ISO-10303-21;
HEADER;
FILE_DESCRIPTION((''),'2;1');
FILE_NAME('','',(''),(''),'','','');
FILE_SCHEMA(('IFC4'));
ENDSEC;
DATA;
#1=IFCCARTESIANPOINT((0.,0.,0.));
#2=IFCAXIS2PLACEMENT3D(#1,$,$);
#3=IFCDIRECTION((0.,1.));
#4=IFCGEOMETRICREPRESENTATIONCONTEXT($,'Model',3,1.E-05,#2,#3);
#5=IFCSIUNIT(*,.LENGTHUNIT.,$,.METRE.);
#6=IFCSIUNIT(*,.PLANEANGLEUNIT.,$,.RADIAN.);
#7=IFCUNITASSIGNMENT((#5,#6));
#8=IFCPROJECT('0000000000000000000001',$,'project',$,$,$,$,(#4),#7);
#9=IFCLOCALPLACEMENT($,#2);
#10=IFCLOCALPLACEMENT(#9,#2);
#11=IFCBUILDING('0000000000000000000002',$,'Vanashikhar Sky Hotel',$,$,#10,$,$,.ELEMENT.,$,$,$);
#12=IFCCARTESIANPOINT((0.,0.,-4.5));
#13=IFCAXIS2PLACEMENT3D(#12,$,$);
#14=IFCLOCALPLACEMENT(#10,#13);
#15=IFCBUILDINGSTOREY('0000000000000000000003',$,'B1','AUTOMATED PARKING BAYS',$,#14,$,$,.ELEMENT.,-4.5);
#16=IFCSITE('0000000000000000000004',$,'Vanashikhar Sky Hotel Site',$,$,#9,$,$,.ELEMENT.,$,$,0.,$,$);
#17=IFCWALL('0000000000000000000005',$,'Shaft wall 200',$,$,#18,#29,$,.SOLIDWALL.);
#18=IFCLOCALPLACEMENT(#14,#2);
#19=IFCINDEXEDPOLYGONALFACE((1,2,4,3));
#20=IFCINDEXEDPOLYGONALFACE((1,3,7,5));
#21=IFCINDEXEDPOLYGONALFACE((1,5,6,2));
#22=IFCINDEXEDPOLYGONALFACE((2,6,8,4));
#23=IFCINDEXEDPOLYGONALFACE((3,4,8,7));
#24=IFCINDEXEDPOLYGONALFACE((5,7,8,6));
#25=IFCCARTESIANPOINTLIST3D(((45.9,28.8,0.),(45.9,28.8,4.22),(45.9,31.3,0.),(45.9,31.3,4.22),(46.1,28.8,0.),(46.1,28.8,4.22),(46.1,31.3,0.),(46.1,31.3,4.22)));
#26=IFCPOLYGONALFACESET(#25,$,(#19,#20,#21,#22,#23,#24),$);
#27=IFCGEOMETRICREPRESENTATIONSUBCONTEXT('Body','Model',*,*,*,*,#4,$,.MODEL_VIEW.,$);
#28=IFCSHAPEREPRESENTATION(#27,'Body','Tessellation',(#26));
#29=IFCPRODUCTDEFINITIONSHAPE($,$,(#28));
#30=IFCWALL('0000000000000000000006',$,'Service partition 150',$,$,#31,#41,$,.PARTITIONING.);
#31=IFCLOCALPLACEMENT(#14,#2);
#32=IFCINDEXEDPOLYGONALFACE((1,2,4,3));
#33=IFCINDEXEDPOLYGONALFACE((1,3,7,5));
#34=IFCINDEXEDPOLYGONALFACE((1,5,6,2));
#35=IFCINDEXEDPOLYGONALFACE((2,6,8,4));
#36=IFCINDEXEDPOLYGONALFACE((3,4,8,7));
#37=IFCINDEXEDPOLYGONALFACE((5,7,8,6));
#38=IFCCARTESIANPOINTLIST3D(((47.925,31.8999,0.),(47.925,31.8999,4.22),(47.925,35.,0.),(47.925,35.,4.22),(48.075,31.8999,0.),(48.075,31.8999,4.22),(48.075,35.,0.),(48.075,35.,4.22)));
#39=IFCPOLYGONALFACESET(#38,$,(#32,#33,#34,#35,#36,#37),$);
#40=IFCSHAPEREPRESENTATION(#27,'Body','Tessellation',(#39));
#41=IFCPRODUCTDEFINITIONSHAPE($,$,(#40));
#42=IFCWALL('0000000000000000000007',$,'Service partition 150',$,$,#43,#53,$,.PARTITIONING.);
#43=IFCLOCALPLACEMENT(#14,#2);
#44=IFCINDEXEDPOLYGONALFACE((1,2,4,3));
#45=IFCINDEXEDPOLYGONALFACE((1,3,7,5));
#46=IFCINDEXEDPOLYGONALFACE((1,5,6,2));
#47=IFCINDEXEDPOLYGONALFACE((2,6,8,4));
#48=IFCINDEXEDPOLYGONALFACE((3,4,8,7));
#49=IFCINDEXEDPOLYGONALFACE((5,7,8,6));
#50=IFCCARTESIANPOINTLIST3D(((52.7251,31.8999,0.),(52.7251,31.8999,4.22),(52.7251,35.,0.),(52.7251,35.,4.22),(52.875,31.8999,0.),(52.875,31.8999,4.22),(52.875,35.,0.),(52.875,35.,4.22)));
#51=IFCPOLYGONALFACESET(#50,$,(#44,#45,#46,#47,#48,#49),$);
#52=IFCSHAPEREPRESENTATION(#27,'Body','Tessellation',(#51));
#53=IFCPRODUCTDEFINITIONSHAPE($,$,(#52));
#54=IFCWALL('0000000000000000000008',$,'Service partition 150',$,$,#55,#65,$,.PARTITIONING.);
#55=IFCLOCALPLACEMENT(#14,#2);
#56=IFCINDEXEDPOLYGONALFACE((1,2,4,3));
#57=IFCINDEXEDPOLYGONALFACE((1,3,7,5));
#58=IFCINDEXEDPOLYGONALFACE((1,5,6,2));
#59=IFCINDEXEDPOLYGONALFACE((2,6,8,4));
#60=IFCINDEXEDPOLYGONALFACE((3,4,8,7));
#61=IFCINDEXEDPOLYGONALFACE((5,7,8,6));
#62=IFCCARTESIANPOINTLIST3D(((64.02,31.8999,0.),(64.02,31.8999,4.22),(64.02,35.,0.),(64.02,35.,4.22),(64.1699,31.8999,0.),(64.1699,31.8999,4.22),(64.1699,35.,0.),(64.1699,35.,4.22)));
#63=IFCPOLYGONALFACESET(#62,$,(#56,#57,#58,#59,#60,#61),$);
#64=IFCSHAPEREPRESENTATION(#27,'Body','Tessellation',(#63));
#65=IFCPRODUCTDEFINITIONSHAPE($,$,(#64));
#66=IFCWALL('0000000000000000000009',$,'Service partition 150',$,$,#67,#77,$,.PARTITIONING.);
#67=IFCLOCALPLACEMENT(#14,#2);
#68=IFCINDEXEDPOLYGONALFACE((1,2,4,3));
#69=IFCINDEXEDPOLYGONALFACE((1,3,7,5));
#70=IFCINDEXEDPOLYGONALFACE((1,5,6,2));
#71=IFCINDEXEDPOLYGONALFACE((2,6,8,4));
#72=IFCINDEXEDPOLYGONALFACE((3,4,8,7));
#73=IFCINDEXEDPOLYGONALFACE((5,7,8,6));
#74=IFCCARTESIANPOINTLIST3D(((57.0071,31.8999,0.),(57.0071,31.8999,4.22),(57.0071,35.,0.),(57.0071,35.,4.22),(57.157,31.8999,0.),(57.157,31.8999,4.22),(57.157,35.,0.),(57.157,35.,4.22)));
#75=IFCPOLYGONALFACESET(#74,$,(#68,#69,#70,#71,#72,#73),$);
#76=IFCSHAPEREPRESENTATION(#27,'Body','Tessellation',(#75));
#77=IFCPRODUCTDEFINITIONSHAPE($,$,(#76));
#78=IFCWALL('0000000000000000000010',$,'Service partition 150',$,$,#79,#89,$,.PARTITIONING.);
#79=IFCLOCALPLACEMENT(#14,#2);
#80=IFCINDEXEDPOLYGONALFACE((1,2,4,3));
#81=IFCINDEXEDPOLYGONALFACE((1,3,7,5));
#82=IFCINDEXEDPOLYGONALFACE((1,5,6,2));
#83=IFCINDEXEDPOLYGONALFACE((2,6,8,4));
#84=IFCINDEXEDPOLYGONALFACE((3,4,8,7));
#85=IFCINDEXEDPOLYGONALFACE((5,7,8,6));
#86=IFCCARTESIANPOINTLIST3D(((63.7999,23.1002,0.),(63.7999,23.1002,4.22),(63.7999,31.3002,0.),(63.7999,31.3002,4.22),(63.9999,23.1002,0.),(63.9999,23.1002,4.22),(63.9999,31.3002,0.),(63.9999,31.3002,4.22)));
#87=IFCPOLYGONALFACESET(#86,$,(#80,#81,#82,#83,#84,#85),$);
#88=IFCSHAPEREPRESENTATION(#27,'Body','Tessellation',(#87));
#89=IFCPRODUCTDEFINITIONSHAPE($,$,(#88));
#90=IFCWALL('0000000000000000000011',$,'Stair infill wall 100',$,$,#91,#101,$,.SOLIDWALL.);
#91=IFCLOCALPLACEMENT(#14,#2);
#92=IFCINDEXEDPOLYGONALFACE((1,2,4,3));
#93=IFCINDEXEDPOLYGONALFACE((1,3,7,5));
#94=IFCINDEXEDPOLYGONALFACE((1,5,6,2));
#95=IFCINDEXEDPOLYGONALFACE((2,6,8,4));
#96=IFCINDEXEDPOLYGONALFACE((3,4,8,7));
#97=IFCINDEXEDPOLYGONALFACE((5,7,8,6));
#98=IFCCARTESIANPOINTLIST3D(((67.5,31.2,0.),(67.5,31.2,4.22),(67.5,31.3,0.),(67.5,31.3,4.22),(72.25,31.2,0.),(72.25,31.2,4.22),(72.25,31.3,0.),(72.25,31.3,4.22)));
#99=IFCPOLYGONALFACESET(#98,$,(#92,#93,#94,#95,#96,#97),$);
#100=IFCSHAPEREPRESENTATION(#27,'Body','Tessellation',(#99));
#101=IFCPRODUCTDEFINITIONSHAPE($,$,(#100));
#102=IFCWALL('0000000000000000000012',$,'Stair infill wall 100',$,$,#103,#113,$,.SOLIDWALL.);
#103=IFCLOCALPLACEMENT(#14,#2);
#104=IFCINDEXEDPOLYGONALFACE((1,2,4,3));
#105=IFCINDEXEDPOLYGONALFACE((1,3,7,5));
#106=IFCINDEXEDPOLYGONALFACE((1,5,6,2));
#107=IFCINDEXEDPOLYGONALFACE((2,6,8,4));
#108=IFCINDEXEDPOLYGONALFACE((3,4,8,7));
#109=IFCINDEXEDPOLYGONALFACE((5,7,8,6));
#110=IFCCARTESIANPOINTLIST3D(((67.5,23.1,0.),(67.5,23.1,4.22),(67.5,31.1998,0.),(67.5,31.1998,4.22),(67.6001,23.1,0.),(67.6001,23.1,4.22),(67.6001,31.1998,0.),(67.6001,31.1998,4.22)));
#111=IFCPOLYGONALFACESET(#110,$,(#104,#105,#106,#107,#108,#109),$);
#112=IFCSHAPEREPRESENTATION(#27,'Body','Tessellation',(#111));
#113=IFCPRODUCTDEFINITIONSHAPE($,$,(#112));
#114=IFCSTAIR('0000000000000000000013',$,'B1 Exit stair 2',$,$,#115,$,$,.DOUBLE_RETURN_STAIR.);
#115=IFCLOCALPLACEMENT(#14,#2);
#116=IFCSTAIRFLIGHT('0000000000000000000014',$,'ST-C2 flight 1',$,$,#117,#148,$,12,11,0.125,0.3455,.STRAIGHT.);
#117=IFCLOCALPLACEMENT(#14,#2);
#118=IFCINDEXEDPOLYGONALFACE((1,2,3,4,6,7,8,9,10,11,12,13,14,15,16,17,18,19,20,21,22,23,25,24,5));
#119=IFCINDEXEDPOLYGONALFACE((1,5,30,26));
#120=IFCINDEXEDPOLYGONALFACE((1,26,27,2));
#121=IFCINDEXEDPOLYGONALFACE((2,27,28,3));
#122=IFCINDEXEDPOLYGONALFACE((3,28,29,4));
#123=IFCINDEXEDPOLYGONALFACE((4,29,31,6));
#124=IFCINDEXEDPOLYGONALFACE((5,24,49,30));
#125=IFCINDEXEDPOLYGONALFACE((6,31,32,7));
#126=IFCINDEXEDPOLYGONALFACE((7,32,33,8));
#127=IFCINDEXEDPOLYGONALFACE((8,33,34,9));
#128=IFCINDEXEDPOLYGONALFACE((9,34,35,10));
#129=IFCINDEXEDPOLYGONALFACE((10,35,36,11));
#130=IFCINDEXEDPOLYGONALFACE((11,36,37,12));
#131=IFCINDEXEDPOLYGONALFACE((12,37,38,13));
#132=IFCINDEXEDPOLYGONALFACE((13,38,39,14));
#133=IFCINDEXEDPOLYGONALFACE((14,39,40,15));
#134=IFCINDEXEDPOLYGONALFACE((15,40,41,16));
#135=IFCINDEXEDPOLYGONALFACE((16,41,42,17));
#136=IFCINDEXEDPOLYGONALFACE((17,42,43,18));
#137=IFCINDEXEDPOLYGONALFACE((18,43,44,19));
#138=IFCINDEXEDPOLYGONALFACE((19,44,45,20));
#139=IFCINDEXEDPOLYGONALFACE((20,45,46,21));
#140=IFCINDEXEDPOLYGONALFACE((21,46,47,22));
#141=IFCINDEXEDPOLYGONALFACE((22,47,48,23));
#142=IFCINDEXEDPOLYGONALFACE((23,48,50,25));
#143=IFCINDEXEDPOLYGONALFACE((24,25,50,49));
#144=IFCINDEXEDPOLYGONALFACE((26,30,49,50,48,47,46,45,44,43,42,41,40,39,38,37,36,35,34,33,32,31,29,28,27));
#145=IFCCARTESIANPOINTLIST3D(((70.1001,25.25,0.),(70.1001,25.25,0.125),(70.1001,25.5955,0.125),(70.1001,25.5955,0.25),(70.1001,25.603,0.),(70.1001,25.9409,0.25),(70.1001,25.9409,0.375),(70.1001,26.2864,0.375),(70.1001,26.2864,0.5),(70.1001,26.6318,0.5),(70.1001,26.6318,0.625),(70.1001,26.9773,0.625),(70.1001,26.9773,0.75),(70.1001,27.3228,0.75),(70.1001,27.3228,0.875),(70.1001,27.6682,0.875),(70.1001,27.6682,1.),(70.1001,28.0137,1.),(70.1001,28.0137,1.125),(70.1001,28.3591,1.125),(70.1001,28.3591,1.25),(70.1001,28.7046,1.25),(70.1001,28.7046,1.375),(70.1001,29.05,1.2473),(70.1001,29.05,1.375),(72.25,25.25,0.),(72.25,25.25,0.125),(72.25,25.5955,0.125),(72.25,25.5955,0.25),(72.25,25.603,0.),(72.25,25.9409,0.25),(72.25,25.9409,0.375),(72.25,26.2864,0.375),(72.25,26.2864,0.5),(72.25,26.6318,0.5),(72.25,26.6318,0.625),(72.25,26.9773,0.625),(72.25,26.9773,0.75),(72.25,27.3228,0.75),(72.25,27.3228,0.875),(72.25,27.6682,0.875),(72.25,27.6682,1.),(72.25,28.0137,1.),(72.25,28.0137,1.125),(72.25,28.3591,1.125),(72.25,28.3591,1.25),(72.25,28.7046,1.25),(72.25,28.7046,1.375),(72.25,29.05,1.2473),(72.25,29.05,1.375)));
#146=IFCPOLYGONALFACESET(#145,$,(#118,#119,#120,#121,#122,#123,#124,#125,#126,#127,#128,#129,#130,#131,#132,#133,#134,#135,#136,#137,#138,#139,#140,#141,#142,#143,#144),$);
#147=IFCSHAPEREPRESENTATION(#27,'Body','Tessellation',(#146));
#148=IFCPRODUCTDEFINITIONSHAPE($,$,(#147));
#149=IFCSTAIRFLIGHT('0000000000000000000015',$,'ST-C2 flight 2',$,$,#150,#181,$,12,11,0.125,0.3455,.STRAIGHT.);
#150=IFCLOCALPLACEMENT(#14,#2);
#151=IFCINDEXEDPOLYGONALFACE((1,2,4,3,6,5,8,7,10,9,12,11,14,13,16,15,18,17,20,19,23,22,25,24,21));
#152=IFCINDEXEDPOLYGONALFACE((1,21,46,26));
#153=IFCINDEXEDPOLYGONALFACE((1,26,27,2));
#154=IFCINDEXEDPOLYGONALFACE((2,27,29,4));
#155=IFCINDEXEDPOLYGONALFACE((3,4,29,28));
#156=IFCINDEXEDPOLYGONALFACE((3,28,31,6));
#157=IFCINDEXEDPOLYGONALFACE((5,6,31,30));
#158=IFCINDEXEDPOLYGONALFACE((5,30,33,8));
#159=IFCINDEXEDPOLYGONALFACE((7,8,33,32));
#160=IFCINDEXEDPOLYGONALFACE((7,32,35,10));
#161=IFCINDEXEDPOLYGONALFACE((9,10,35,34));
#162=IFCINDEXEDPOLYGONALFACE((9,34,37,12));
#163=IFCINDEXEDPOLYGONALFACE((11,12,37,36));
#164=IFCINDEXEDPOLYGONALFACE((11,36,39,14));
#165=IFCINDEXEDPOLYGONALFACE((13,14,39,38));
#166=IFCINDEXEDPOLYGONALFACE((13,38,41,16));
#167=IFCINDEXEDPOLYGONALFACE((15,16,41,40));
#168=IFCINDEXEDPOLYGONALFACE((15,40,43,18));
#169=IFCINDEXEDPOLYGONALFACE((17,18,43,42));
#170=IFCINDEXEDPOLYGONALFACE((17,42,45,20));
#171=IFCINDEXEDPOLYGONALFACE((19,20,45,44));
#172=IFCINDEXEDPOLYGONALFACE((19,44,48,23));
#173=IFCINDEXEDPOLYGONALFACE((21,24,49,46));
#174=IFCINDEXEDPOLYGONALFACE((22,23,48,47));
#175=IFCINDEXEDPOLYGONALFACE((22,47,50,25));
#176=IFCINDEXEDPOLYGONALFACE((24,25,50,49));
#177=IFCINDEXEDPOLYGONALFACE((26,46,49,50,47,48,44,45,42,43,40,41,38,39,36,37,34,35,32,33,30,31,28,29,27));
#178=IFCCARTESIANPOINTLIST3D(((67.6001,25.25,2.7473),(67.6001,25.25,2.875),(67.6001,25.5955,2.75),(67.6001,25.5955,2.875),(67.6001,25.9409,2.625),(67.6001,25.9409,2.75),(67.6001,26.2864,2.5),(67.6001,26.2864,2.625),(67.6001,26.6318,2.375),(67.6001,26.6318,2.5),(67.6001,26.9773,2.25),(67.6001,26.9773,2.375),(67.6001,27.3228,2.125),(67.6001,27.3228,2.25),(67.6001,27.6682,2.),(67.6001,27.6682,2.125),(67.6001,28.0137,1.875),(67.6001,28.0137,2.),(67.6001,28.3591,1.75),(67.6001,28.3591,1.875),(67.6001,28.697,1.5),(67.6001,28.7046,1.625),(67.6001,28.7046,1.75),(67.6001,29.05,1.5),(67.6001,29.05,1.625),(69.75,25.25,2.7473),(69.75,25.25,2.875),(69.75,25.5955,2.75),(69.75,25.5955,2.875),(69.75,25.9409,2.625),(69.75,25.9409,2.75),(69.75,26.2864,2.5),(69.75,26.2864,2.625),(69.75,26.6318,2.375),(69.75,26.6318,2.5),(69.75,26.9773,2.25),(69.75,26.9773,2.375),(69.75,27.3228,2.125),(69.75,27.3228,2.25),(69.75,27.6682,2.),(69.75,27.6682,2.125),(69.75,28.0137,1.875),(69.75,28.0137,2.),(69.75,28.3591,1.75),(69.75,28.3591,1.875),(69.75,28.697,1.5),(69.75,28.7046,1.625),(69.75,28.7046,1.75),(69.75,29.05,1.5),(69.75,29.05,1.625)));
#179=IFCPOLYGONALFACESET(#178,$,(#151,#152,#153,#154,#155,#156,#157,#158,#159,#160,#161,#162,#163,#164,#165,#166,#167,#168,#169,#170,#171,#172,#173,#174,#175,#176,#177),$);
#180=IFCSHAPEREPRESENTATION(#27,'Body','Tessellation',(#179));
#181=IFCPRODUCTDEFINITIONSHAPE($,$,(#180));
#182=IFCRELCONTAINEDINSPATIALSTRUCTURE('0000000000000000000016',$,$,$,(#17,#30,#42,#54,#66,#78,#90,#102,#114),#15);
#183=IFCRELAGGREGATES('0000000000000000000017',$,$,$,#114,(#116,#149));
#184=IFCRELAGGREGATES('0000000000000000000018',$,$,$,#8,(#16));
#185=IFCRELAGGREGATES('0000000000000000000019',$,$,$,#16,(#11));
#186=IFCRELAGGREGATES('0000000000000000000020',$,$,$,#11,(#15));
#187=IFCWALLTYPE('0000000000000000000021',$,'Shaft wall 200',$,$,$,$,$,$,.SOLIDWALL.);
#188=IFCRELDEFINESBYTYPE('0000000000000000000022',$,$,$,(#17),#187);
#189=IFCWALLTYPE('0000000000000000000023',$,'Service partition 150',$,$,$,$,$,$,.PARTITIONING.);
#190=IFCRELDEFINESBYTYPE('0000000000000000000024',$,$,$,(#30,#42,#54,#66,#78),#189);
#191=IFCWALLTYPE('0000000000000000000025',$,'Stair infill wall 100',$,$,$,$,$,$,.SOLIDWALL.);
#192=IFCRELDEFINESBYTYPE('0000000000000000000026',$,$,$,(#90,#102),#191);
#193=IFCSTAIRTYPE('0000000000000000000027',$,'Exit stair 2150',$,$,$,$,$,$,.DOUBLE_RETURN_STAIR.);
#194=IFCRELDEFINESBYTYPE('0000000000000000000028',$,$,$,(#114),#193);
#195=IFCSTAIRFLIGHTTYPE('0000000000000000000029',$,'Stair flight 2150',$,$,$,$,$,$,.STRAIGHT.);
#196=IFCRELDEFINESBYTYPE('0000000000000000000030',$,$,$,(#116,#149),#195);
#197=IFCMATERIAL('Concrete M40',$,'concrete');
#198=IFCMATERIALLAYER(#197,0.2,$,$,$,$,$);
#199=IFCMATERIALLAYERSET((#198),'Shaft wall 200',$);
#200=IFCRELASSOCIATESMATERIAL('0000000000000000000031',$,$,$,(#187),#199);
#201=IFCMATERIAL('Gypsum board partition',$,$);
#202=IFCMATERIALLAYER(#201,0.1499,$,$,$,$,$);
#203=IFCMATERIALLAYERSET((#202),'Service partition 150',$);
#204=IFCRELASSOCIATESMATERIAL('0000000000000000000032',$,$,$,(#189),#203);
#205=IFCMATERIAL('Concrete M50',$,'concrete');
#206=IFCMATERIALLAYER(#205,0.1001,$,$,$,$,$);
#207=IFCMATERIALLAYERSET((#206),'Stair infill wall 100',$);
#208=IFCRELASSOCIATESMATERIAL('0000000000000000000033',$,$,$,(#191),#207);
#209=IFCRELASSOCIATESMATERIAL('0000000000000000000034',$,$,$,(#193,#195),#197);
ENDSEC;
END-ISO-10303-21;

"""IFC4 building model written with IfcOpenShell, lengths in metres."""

from ifc_helpers import new_model, si_unit, direction, frame, frame_2d, origin, place, context, subcontext, project, spatial, polyline, rectangle, outline, extrude, source, transform, mapped, material, layer, layer_set, type_object, element, aggregate, save


model = new_model("IFC4")

# Units and contexts
model_context = context("Model", 3, precision=1e-05, world=origin(), true_north=direction((0.0, 1.0)))
body_context = subcontext(model_context, "Body", "Model", "MODEL_VIEW")
ifc_project = project(units=[si_unit("LENGTHUNIT", "METRE"), si_unit("PLANEANGLEUNIT", "RADIAN")], contexts=[model_context])

# Site, building, storey
site_placement = place(None, origin())
site = spatial("IfcSite", under=ifc_project, at=site_placement, Name="Vanashikhar Sky Hotel Site", CompositionType="ELEMENT", RefElevation=0.0)
building_placement = place(site_placement, origin())
building = spatial("IfcBuilding", under=site, at=building_placement, Name="Vanashikhar Sky Hotel", CompositionType="ELEMENT")
storey_placement = place(building_placement, frame((0.0, 0.0, -4.5)))
storey = spatial("IfcBuildingStorey", under=building, at=storey_placement, Name="B1", Description="AUTOMATED PARKING BAYS", CompositionType="ELEMENT", Elevation=-4.5)

# Shared definitions
ifc_material_1 = material(Name="Concrete M40", Category="concrete")
ifc_layer_1 = layer(ifc_material_1, 0.2)
ifc_layer_set_1 = layer_set([ifc_layer_1], Name="Shaft wall 200")
wall_type_1 = type_object("IfcWallType", Name="Shaft wall 200", PredefinedType="SOLIDWALL", material=ifc_layer_set_1)

# Walls
shared_shape_1 = source(origin(), body_context, "Body", "SweptSolid", [
    extrude(rectangle(XDim=2.5, YDim=0.2, at=frame_2d((1.25, 0.0))), origin(), (0.0, 0.0, 1.0), 4.22),
])
wall_1_placement = place(storey_placement, frame((46.0, 28.8, 0.0), z_axis=(0.0, 0.0, 1.0), x_axis=(0.0, 1.0, 0.0)))
element("IfcWall", 1, at=wall_1_placement, inside=storey, type_object=wall_type_1, Name="Shaft wall 200", PredefinedType="SOLIDWALL", context=body_context, shape_type="MappedRepresentation", body=[
    mapped(shared_shape_1, transform((0.0, 0.0, 0.0), scale=1.0)),
])
ifc_material_2 = material(Name="Gypsum board partition")
ifc_layer_2 = layer(ifc_material_2, 0.1499)
ifc_layer_set_2 = layer_set([ifc_layer_2], Name="Service partition 150")
wall_type_2 = type_object("IfcWallType", Name="Service partition 150", PredefinedType="PARTITIONING", material=ifc_layer_set_2)
shared_shape_2 = source(origin(), body_context, "Body", "SweptSolid", [
    extrude(rectangle(XDim=3.1001, YDim=0.1499, at=frame_2d((1.55, 0.0))), origin(), (0.0, 0.0, 1.0), 4.22),
])
for number, where, z_axis, x_axis, name in (
    (2, (48.0, 31.8999, 0.0), (0.0, 0.0, 1.0), (0.0, 1.0, 0.0), "Service partition 150"),
    (3, (52.8, 31.8999, 0.0), (0.0, 0.0, 1.0), (0.0, 1.0, 0.0), "Service partition 150"),
    (4, (64.095, 31.8999, 0.0), (0.0, 0.0, 1.0), (0.0, 1.0, 0.0), "Service partition 150"),
    (5, (57.082, 31.8999, 0.0), (0.0, 0.0, 1.0), (0.0, 1.0, 0.0), "Service partition 150"),
):
    element("IfcWall", number, at=place(storey_placement, frame(where, z_axis=z_axis, x_axis=x_axis)), inside=storey, type_object=wall_type_2, Name=name, PredefinedType="PARTITIONING", context=body_context, shape_type="MappedRepresentation", body=[
        mapped(shared_shape_2, transform((0.0, 0.0, 0.0), scale=1.0)),
    ])
shared_shape_3 = source(origin(), body_context, "Body", "SweptSolid", [
    extrude(rectangle(XDim=8.2, YDim=0.2, at=frame_2d((4.1001, 0.0))), origin(), (0.0, 0.0, 1.0), 4.22),
])
wall_2_placement = place(storey_placement, frame((63.8999, 23.1001, 0.0), z_axis=(0.0, 0.0, 1.0), x_axis=(0.0, 1.0, 0.0)))
element("IfcWall", 6, at=wall_2_placement, inside=storey, type_object=wall_type_2, Name="Service partition 150", PredefinedType="PARTITIONING", context=body_context, shape_type="MappedRepresentation", body=[
    mapped(shared_shape_3, transform((0.0, 0.0, 0.0), scale=1.0)),
])
ifc_material_3 = material(Name="Concrete M50", Category="concrete")
ifc_layer_3 = layer(ifc_material_3, 0.1001)
ifc_layer_set_3 = layer_set([ifc_layer_3], Name="Stair infill wall 100")
wall_type_3 = type_object("IfcWallType", Name="Stair infill wall 100", PredefinedType="SOLIDWALL", material=ifc_layer_set_3)
shared_shape_4 = source(origin(), body_context, "Body", "SweptSolid", [
    extrude(rectangle(XDim=4.75, YDim=0.1001, at=frame_2d((2.375, 0.0))), origin(), (0.0, 0.0, 1.0), 4.22),
])
wall_3_placement = place(storey_placement, frame((67.5, 31.25, 0.0), z_axis=(0.0, 0.0, 1.0), x_axis=(1.0, 0.0, 0.0)))
element("IfcWall", 7, at=wall_3_placement, inside=storey, type_object=wall_type_3, Name="Stair infill wall 100", PredefinedType="SOLIDWALL", context=body_context, shape_type="MappedRepresentation", body=[
    mapped(shared_shape_4, transform((0.0, 0.0, 0.0), scale=1.0)),
])
shared_shape_5 = source(origin(), body_context, "Body", "SweptSolid", [
    extrude(rectangle(XDim=8.0999, YDim=0.1001, at=frame_2d((4.0498, 0.0))), origin(), (0.0, 0.0, 1.0), 4.22),
])
wall_4_placement = place(storey_placement, frame((67.55, 23.1001, 0.0), z_axis=(0.0, 0.0, 1.0), x_axis=(0.0, 1.0, 0.0)))
element("IfcWall", 8, at=wall_4_placement, inside=storey, type_object=wall_type_3, Name="Stair infill wall 100", PredefinedType="SOLIDWALL", context=body_context, shape_type="MappedRepresentation", body=[
    mapped(shared_shape_5, transform((0.0, 0.0, 0.0), scale=1.0)),
])

# Stair, stair flights
stair_type = type_object("IfcStairType", Name="Exit stair 2150", PredefinedType="DOUBLE_RETURN_STAIR", material=ifc_material_1)
stair_placement = place(storey_placement, origin())
stair = element("IfcStair", 9, at=stair_placement, inside=storey, type_object=stair_type, Name="B1 Exit stair 2", PredefinedType="DOUBLE_RETURN_STAIR")
stair_flight_type = type_object("IfcStairFlightType", Name="Stair flight 2150", PredefinedType="STRAIGHT", material=ifc_material_1)
shared_shape_6 = source(origin(), body_context, "Body", "SweptSolid", [
    extrude(outline(polyline([(0.0, 0.0), (0.0, 0.125), (0.3455, 0.125), (0.3455, 0.25), (0.6909, 0.25), (0.6909, 0.375), (1.0364, 0.375), (1.0364, 0.5), (1.3818, 0.5), (1.3818, 0.625), (1.7273, 0.625), (1.7273, 0.75), (2.0728, 0.75), (2.0728, 0.875), (2.4182, 0.875), (2.4182, 1.0), (2.7637, 1.0), (2.7637, 1.125), (3.1091, 1.125), (3.1091, 1.25), (3.4546, 1.25), (3.4546, 1.375), (3.8, 1.375), (3.8, 1.5), (3.8, 1.2473), (0.353, 0.0), (0.0, 0.0)])), frame((0.0, 1.075, 0.0), z_axis=(0.0, -1.0, 0.0), x_axis=(1.0, 0.0, 0.0)), (0.0, 0.0, 1.0), 2.1499),
])
stair_flight_1_placement = place(storey_placement, frame((71.175, 25.25, 0.0), z_axis=(0.0, 0.0, 1.0), x_axis=(0.0, 1.0, 0.0)))
stair_flight_1 = element("IfcStairFlight", 10, at=stair_flight_1_placement, type_object=stair_flight_type, Name="ST-C2 flight 1", NumberOfRisers=12, NumberOfTreads=11, PredefinedType="STRAIGHT", RiserHeight=0.125, TreadLength=0.3455, context=body_context, shape_type="MappedRepresentation", body=[
    mapped(shared_shape_6, transform((0.0, 0.0, 0.0), scale=1.0)),
])
stair_flight_2_placement = place(storey_placement, frame((68.675, 29.05, 1.5), z_axis=(0.0, 0.0, 1.0), x_axis=(0.0, -1.0, 0.0)))
stair_flight_2 = element("IfcStairFlight", 11, at=stair_flight_2_placement, type_object=stair_flight_type, Name="ST-C2 flight 2", NumberOfRisers=12, NumberOfTreads=11, PredefinedType="STRAIGHT", RiserHeight=0.125, TreadLength=0.3455, context=body_context, shape_type="MappedRepresentation", body=[
    mapped(shared_shape_6, transform((0.0, 0.0, 0.0), scale=1.0)),
])
aggregate(stair, [stair_flight_1, stair_flight_2])

save(model, "model.ifc")
